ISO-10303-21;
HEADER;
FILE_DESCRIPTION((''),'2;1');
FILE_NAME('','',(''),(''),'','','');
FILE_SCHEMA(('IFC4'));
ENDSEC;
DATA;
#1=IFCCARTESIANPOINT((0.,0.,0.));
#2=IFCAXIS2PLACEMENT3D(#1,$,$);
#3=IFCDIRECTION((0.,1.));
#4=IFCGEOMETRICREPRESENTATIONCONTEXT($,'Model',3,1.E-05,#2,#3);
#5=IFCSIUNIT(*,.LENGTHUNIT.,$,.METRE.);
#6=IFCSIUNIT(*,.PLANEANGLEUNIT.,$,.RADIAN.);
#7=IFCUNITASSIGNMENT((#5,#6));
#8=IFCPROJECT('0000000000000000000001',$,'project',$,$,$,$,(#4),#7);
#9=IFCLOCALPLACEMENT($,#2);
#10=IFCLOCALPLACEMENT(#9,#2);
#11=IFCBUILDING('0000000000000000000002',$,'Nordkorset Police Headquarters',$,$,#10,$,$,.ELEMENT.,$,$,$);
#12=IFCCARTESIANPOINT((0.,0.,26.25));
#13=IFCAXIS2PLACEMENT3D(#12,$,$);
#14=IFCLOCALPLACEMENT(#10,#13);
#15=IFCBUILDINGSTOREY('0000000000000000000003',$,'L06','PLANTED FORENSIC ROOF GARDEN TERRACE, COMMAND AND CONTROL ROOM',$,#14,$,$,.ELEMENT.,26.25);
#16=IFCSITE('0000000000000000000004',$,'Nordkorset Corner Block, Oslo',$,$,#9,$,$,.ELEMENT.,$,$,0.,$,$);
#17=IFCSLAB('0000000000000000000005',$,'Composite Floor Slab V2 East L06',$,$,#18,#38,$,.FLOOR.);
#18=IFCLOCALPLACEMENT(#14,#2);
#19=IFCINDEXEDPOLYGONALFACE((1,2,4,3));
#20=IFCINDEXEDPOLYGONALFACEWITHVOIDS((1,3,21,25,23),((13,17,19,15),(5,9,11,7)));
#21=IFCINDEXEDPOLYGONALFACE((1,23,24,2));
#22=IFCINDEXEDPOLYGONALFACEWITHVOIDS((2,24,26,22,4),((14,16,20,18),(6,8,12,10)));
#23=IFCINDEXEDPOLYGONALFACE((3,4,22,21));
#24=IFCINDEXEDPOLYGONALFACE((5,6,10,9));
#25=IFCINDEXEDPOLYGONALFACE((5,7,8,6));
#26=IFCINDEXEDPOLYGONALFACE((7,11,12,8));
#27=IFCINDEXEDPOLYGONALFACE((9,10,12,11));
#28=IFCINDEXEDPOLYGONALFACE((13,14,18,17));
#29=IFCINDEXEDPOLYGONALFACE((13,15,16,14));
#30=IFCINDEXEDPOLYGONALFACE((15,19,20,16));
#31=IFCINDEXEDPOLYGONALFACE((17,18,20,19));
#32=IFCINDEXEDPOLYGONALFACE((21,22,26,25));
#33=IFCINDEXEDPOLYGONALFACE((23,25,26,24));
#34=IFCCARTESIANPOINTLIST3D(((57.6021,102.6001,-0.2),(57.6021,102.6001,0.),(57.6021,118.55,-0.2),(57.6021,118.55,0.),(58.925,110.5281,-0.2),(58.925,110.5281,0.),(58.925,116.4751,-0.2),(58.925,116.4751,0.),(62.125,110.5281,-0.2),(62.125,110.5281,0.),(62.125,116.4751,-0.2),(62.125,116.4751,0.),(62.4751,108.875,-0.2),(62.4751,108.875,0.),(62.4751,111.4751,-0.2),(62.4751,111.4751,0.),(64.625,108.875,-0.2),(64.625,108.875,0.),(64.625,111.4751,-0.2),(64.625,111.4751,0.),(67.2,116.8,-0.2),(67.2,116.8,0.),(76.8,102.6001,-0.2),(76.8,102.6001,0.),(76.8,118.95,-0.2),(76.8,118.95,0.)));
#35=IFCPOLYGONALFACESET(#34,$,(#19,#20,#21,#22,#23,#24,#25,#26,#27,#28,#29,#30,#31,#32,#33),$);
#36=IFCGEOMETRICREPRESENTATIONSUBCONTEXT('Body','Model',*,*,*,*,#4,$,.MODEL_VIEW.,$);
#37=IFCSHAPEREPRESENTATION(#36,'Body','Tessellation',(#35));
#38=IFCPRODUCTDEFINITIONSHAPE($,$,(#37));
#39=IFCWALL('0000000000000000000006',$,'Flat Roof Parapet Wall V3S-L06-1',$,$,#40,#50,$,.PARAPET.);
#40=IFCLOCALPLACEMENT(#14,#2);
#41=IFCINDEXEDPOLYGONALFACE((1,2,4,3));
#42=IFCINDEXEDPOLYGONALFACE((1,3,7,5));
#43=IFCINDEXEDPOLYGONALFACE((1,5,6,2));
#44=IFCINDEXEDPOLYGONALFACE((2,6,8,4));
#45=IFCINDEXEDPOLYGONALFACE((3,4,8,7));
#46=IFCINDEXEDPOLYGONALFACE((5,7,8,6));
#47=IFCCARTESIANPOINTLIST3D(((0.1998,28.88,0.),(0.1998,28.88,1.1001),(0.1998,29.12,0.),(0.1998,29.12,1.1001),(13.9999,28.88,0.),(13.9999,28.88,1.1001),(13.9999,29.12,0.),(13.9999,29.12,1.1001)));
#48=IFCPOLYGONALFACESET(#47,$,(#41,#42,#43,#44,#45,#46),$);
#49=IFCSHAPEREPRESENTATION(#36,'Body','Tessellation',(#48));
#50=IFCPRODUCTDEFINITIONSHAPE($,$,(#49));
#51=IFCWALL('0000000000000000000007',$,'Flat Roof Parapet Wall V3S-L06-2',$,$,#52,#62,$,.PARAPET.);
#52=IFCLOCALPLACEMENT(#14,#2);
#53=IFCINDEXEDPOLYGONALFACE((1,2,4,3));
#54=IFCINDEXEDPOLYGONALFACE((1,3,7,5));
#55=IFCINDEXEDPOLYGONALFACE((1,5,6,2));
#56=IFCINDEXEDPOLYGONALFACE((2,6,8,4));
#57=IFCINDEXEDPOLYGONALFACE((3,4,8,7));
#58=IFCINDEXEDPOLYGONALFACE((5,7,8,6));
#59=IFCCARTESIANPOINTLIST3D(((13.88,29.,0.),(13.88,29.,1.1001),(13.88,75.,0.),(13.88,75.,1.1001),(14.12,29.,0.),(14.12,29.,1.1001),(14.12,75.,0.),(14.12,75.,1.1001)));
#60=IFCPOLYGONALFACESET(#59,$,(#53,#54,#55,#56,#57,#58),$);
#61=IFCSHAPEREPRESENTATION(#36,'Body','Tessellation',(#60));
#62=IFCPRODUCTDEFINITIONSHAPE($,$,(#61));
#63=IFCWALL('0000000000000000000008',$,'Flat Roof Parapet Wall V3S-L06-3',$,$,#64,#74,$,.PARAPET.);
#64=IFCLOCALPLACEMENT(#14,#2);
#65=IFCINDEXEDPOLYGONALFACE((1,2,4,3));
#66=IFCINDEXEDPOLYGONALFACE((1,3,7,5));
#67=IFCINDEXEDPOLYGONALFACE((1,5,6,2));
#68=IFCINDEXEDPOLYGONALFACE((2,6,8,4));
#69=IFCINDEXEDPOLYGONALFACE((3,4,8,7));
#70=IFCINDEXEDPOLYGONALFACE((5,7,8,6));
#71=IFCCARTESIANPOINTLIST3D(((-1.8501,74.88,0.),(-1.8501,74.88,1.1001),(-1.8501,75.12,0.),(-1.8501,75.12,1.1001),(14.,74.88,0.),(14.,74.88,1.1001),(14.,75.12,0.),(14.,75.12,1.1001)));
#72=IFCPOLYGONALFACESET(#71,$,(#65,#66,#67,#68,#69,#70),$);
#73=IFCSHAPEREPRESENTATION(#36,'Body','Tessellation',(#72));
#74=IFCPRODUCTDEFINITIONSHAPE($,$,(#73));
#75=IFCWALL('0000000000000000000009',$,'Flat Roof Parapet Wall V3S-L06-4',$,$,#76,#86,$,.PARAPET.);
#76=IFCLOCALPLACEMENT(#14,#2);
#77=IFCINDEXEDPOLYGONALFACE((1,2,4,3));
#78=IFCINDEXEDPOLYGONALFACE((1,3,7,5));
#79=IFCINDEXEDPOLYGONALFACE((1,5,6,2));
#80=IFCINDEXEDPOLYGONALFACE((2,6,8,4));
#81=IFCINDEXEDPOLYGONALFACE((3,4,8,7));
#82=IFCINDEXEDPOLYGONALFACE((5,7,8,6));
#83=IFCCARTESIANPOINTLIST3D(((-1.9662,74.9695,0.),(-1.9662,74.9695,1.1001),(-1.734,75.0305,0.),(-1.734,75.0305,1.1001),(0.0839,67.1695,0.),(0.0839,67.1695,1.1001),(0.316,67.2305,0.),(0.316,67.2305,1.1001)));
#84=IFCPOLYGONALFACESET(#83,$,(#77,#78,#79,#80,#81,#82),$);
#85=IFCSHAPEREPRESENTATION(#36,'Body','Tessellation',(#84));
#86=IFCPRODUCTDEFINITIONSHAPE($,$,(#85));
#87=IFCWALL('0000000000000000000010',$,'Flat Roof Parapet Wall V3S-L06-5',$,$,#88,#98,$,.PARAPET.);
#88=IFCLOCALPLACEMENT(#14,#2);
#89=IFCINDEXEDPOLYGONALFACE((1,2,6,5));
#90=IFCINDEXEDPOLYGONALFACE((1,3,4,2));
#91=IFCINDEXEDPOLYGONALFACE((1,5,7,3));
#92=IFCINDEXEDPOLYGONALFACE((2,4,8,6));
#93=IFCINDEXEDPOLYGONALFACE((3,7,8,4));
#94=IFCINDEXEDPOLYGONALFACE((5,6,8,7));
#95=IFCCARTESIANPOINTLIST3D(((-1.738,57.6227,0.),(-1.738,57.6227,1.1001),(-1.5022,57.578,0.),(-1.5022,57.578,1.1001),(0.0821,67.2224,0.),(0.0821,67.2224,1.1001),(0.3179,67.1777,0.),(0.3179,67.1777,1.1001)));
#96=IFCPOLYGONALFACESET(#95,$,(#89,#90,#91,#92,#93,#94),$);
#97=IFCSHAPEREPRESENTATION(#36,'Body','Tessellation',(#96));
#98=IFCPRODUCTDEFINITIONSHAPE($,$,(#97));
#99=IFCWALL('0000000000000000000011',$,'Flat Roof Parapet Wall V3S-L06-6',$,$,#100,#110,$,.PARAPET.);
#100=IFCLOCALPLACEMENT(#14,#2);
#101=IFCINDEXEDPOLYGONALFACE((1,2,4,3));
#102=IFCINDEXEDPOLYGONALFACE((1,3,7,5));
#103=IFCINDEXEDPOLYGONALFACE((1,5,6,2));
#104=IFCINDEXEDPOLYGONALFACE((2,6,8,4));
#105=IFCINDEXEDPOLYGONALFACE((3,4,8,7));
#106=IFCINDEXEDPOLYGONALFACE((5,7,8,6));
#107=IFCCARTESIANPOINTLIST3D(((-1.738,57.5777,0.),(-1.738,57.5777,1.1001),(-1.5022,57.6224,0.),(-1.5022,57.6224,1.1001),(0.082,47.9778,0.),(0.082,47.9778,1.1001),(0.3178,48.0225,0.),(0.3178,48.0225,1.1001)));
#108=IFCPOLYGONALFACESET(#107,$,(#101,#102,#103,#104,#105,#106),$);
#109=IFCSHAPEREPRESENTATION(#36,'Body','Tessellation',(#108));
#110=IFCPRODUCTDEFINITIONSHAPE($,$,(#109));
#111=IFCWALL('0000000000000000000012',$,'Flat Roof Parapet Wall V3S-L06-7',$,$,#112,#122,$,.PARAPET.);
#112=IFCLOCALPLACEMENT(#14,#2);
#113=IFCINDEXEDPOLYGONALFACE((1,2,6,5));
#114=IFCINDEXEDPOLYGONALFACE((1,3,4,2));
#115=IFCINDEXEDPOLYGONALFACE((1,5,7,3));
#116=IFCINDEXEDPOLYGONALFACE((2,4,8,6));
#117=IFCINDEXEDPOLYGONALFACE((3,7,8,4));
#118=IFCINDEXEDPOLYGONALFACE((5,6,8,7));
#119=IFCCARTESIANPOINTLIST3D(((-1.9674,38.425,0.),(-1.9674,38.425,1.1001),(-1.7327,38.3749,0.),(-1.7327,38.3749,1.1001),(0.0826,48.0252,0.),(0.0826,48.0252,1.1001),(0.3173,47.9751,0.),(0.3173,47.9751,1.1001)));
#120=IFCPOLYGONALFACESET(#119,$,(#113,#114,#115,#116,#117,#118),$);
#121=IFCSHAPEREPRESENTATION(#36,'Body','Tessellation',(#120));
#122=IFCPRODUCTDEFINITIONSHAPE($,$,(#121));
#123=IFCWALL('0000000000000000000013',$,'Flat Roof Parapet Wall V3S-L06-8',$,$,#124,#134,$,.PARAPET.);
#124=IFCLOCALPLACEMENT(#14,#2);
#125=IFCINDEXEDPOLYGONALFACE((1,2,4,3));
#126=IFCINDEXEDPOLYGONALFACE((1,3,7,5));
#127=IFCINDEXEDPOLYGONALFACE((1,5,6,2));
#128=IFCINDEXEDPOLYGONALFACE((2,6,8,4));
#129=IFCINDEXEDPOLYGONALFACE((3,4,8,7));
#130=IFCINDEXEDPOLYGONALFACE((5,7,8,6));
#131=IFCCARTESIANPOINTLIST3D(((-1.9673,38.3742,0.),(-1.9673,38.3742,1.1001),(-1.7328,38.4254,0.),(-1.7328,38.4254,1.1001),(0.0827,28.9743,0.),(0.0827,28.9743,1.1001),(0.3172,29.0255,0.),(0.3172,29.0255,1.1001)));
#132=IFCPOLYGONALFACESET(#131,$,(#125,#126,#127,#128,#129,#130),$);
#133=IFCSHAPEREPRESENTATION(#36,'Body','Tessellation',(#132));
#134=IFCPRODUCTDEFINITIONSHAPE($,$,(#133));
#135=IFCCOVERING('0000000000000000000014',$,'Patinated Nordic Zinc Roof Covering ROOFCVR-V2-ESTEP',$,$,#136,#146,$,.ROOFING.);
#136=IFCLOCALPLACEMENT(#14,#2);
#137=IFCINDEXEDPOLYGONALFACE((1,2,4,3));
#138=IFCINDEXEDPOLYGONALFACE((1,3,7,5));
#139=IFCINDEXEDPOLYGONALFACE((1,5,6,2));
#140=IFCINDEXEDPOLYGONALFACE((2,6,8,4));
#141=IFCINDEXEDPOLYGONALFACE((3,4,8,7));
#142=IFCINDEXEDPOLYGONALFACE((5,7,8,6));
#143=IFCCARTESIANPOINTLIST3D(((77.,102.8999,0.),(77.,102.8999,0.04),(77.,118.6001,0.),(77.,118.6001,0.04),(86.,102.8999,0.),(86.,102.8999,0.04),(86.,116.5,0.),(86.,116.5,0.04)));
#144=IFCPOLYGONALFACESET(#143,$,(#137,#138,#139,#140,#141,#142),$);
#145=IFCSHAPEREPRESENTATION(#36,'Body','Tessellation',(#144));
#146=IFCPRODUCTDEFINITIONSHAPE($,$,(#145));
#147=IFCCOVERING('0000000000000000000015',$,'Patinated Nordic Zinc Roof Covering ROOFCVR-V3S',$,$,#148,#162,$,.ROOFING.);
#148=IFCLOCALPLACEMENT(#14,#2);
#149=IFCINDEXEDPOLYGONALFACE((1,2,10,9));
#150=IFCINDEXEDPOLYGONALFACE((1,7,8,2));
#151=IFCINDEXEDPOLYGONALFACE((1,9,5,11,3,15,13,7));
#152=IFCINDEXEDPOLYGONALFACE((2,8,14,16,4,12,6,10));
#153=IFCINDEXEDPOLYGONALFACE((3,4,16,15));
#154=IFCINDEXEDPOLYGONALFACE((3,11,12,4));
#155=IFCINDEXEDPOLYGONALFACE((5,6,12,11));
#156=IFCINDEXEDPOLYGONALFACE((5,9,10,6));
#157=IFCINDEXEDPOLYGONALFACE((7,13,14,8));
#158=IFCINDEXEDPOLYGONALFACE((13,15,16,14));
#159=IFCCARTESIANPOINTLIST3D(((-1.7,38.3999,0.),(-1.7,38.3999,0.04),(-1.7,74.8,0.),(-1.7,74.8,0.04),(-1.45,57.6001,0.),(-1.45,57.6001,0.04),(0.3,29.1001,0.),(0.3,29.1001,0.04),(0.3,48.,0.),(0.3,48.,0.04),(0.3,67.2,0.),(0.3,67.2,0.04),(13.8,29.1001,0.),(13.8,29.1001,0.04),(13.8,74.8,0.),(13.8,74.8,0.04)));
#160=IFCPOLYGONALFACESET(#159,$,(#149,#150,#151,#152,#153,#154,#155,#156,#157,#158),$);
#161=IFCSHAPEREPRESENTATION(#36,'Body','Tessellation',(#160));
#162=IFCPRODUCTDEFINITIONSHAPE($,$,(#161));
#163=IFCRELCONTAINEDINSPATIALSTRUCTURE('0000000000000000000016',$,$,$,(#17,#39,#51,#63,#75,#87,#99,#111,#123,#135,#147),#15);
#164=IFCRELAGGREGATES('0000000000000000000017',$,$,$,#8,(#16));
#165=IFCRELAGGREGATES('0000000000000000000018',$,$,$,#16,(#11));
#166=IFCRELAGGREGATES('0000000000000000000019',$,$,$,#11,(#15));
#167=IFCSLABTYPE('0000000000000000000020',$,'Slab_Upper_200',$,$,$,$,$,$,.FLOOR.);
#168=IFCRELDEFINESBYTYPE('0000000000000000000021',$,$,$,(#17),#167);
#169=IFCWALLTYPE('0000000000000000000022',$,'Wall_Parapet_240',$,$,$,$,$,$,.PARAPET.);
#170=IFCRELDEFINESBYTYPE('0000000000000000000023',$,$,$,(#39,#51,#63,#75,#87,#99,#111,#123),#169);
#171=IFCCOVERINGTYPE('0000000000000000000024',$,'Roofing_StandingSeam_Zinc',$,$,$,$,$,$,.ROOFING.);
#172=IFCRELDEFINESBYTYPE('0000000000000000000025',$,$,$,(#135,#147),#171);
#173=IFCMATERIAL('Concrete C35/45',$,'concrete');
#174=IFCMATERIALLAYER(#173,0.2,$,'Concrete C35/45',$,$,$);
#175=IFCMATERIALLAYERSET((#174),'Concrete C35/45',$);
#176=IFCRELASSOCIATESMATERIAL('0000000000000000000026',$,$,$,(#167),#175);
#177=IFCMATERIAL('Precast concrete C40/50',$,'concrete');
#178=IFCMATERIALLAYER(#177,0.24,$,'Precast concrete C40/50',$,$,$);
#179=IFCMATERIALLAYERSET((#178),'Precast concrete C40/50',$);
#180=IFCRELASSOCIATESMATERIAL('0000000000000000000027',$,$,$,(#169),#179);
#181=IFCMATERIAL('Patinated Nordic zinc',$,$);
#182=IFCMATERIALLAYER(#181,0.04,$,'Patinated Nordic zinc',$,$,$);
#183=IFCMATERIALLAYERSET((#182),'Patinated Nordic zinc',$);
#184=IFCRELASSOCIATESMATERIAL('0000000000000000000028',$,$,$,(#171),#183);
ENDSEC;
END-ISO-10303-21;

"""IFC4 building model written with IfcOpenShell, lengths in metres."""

from ifc_helpers import new_model, si_unit, direction, frame, frame_2d, origin, place, context, subcontext, project, spatial, polyline, rectangle, outline, extrude, material, layer, layer_set, type_object, element, save


model = new_model("IFC4")

# Units and contexts
model_context = context("Model", 3, precision=1e-05, world=origin(), true_north=direction((0.0, 1.0)))
body_context = subcontext(model_context, "Body", "Model", "MODEL_VIEW")
ifc_project = project(units=[si_unit("LENGTHUNIT", "METRE"), si_unit("PLANEANGLEUNIT", "RADIAN")], contexts=[model_context])

# Site, building, storey
site_placement = place(None, origin())
site = spatial("IfcSite", under=ifc_project, at=site_placement, Name="Nordkorset Corner Block, Oslo", CompositionType="ELEMENT", RefElevation=0.0)
building_placement = place(site_placement, origin())
building = spatial("IfcBuilding", under=site, at=building_placement, Name="Nordkorset Police Headquarters", CompositionType="ELEMENT")
storey_placement = place(building_placement, frame((0.0, 0.0, 26.25)))
storey = spatial("IfcBuildingStorey", under=building, at=storey_placement, Name="L06", Description="PLANTED FORENSIC ROOF GARDEN TERRACE, COMMAND AND CONTROL ROOM", CompositionType="ELEMENT", Elevation=26.25)

# Slab
ifc_material_1 = material(Name="Concrete C35/45", Category="concrete")
ifc_layer_1 = layer(ifc_material_1, 0.2, Name="Concrete C35/45")
ifc_layer_set_1 = layer_set([ifc_layer_1], Name="Concrete C35/45")
slab_type_1 = type_object("IfcSlabType", Name="Slab_Upper_200", PredefinedType="FLOOR", material=ifc_layer_set_1)
slab_1_placement = place(storey_placement, frame((0.0, 0.0, -0.2)))
element("IfcSlab", 1, at=slab_1_placement, inside=storey, type_object=slab_type_1, Name="Composite Floor Slab V2 East L06", PredefinedType="FLOOR", context=body_context, shape_type="SweptSolid", body=[
    extrude(outline(polyline([(67.2, 116.8), (76.8, 118.95), (76.8, 102.6001), (57.6021, 102.6001), (57.6021, 118.55), (67.2, 116.8)]), holes=[polyline([(58.925, 116.4751), (58.925, 110.5281), (62.125, 110.5281), (62.125, 116.4751), (58.925, 116.4751)]), polyline([(64.625, 111.4751), (62.4751, 111.4751), (62.4751, 108.875), (64.625, 108.875), (64.625, 111.4751)])]), origin(), (0.0, 0.0, 1.0), 0.2),
])

# Walls
ifc_material_2 = material(Name="Precast concrete C40/50", Category="concrete")
ifc_layer_2 = layer(ifc_material_2, 0.24, Name="Precast concrete C40/50")
ifc_layer_set_2 = layer_set([ifc_layer_2], Name="Precast concrete C40/50")
wall_type = type_object("IfcWallType", Name="Wall_Parapet_240", PredefinedType="PARAPET", material=ifc_layer_set_2)
wall_1_placement = place(storey_placement, frame((0.2, 29.0, 0.0), z_axis=(0.0, 0.0, 1.0), x_axis=(1.0, 0.0, 0.0)))
element("IfcWall", 2, at=wall_1_placement, inside=storey, type_object=wall_type, Name="Flat Roof Parapet Wall V3S-L06-1", PredefinedType="PARAPET", context=body_context, shape_type="SweptSolid", body=[
    extrude(rectangle(XDim=13.8, YDim=0.24, at=frame_2d((6.8999, 0.0))), origin(), (0.0, 0.0, 1.0), 1.1001),
])
wall_2_placement = place(storey_placement, frame((14.0, 29.0, 0.0), z_axis=(0.0, 0.0, 1.0), x_axis=(0.0, 1.0, 0.0)))
element("IfcWall", 3, at=wall_2_placement, inside=storey, type_object=wall_type, Name="Flat Roof Parapet Wall V3S-L06-2", PredefinedType="PARAPET", context=body_context, shape_type="SweptSolid", body=[
    extrude(rectangle(XDim=46.0, YDim=0.24, at=frame_2d((23.0, 0.0))), origin(), (0.0, 0.0, 1.0), 1.1001),
])
wall_3_placement = place(storey_placement, frame((14.0, 75.0, 0.0), z_axis=(0.0, 0.0, 1.0), x_axis=(-1.0, 0.0, 0.0)))
element("IfcWall", 4, at=wall_3_placement, inside=storey, type_object=wall_type, Name="Flat Roof Parapet Wall V3S-L06-3", PredefinedType="PARAPET", context=body_context, shape_type="SweptSolid", body=[
    extrude(rectangle(XDim=15.8501, YDim=0.24, at=frame_2d((7.925, 0.0))), origin(), (0.0, 0.0, 1.0), 1.1001),
])
wall_4_placement = place(storey_placement, frame((-1.8501, 75.0, 0.0), z_axis=(0.0, 0.0, 1.0), x_axis=(0.254192, -0.967154, 0.0)))
element("IfcWall", 5, at=wall_4_placement, inside=storey, type_object=wall_type, Name="Flat Roof Parapet Wall V3S-L06-4", PredefinedType="PARAPET", context=body_context, shape_type="SweptSolid", body=[
    extrude(rectangle(XDim=8.0649, YDim=0.24, at=frame_2d((4.0325, 0.0))), origin(), (0.0, 0.0, 1.0), 1.1001),
])
wall_5_placement = place(storey_placement, frame((0.2, 67.2, 0.0), z_axis=(0.0, 0.0, 1.0), x_axis=(-0.186275, -0.982498, 0.0)))
element("IfcWall", 6, at=wall_5_placement, inside=storey, type_object=wall_type, Name="Flat Roof Parapet Wall V3S-L06-5", PredefinedType="PARAPET", context=body_context, shape_type="SweptSolid", body=[
    extrude(rectangle(XDim=9.7708, YDim=0.24, at=frame_2d((4.8853, 0.0))), origin(), (0.0, 0.0, 1.0), 1.1001),
])
wall_6_placement = place(storey_placement, frame((-1.6201, 57.6001, 0.0), z_axis=(0.0, 0.0, 1.0), x_axis=(0.18627, -0.982499, 0.0)))
element("IfcWall", 7, at=wall_6_placement, inside=storey, type_object=wall_type, Name="Flat Roof Parapet Wall V3S-L06-6", PredefinedType="PARAPET", context=body_context, shape_type="SweptSolid", body=[
    extrude(rectangle(XDim=9.771, YDim=0.24, at=frame_2d((4.8855, 0.0))), origin(), (0.0, 0.0, 1.0), 1.1001),
])
wall_7_placement = place(storey_placement, frame((0.2, 48.0, 0.0), z_axis=(0.0, 0.0, 1.0), x_axis=(-0.208836, -0.977951, 0.0)))
element("IfcWall", 8, at=wall_7_placement, inside=storey, type_object=wall_type, Name="Flat Roof Parapet Wall V3S-L06-7", PredefinedType="PARAPET", context=body_context, shape_type="SweptSolid", body=[
    extrude(rectangle(XDim=9.8167, YDim=0.24, at=frame_2d((4.9082, 0.0))), origin(), (0.0, 0.0, 1.0), 1.1001),
])
wall_8_placement = place(storey_placement, frame((-1.8501, 38.3999, 0.0), z_axis=(0.0, 0.0, 1.0), x_axis=(0.213084, -0.977034, 0.0)))
element("IfcWall", 9, at=wall_8_placement, inside=storey, type_object=wall_type, Name="Flat Roof Parapet Wall V3S-L06-8", PredefinedType="PARAPET", context=body_context, shape_type="SweptSolid", body=[
    extrude(rectangle(XDim=9.6208, YDim=0.24, at=frame_2d((4.8105, 0.0))), origin(), (0.0, 0.0, 1.0), 1.1001),
])

# Coverings
ifc_material_3 = material(Name="Patinated Nordic zinc")
ifc_layer_3 = layer(ifc_material_3, 0.04, Name="Patinated Nordic zinc")
ifc_layer_set_3 = layer_set([ifc_layer_3], Name="Patinated Nordic zinc")
covering_type = type_object("IfcCoveringType", Name="Roofing_StandingSeam_Zinc", PredefinedType="ROOFING", material=ifc_layer_set_3)
covering_1_placement = place(storey_placement, origin())
element("IfcCovering", 10, at=covering_1_placement, inside=storey, type_object=covering_type, Name="Patinated Nordic Zinc Roof Covering ROOFCVR-V2-ESTEP", PredefinedType="ROOFING", context=body_context, shape_type="SweptSolid", body=[
    extrude(outline(polyline([(77.0, 102.8999), (86.0, 102.8999), (86.0, 116.5), (77.0, 118.6001), (77.0, 102.8999)])), origin(), (0.0, 0.0, 1.0), 0.04),
])
covering_2_placement = place(storey_placement, origin())
element("IfcCovering", 11, at=covering_2_placement, inside=storey, type_object=covering_type, Name="Patinated Nordic Zinc Roof Covering ROOFCVR-V3S", PredefinedType="ROOFING", context=body_context, shape_type="SweptSolid", body=[
    extrude(outline(polyline([(0.3, 29.1001), (13.8, 29.1001), (13.8, 74.8), (-1.7, 74.8), (0.3, 67.2), (-1.45, 57.6001), (0.3, 48.0), (-1.7, 38.3999), (0.3, 29.1001)])), origin(), (0.0, 0.0, 1.0), 0.04),
])

save(model, "model.ifc")
